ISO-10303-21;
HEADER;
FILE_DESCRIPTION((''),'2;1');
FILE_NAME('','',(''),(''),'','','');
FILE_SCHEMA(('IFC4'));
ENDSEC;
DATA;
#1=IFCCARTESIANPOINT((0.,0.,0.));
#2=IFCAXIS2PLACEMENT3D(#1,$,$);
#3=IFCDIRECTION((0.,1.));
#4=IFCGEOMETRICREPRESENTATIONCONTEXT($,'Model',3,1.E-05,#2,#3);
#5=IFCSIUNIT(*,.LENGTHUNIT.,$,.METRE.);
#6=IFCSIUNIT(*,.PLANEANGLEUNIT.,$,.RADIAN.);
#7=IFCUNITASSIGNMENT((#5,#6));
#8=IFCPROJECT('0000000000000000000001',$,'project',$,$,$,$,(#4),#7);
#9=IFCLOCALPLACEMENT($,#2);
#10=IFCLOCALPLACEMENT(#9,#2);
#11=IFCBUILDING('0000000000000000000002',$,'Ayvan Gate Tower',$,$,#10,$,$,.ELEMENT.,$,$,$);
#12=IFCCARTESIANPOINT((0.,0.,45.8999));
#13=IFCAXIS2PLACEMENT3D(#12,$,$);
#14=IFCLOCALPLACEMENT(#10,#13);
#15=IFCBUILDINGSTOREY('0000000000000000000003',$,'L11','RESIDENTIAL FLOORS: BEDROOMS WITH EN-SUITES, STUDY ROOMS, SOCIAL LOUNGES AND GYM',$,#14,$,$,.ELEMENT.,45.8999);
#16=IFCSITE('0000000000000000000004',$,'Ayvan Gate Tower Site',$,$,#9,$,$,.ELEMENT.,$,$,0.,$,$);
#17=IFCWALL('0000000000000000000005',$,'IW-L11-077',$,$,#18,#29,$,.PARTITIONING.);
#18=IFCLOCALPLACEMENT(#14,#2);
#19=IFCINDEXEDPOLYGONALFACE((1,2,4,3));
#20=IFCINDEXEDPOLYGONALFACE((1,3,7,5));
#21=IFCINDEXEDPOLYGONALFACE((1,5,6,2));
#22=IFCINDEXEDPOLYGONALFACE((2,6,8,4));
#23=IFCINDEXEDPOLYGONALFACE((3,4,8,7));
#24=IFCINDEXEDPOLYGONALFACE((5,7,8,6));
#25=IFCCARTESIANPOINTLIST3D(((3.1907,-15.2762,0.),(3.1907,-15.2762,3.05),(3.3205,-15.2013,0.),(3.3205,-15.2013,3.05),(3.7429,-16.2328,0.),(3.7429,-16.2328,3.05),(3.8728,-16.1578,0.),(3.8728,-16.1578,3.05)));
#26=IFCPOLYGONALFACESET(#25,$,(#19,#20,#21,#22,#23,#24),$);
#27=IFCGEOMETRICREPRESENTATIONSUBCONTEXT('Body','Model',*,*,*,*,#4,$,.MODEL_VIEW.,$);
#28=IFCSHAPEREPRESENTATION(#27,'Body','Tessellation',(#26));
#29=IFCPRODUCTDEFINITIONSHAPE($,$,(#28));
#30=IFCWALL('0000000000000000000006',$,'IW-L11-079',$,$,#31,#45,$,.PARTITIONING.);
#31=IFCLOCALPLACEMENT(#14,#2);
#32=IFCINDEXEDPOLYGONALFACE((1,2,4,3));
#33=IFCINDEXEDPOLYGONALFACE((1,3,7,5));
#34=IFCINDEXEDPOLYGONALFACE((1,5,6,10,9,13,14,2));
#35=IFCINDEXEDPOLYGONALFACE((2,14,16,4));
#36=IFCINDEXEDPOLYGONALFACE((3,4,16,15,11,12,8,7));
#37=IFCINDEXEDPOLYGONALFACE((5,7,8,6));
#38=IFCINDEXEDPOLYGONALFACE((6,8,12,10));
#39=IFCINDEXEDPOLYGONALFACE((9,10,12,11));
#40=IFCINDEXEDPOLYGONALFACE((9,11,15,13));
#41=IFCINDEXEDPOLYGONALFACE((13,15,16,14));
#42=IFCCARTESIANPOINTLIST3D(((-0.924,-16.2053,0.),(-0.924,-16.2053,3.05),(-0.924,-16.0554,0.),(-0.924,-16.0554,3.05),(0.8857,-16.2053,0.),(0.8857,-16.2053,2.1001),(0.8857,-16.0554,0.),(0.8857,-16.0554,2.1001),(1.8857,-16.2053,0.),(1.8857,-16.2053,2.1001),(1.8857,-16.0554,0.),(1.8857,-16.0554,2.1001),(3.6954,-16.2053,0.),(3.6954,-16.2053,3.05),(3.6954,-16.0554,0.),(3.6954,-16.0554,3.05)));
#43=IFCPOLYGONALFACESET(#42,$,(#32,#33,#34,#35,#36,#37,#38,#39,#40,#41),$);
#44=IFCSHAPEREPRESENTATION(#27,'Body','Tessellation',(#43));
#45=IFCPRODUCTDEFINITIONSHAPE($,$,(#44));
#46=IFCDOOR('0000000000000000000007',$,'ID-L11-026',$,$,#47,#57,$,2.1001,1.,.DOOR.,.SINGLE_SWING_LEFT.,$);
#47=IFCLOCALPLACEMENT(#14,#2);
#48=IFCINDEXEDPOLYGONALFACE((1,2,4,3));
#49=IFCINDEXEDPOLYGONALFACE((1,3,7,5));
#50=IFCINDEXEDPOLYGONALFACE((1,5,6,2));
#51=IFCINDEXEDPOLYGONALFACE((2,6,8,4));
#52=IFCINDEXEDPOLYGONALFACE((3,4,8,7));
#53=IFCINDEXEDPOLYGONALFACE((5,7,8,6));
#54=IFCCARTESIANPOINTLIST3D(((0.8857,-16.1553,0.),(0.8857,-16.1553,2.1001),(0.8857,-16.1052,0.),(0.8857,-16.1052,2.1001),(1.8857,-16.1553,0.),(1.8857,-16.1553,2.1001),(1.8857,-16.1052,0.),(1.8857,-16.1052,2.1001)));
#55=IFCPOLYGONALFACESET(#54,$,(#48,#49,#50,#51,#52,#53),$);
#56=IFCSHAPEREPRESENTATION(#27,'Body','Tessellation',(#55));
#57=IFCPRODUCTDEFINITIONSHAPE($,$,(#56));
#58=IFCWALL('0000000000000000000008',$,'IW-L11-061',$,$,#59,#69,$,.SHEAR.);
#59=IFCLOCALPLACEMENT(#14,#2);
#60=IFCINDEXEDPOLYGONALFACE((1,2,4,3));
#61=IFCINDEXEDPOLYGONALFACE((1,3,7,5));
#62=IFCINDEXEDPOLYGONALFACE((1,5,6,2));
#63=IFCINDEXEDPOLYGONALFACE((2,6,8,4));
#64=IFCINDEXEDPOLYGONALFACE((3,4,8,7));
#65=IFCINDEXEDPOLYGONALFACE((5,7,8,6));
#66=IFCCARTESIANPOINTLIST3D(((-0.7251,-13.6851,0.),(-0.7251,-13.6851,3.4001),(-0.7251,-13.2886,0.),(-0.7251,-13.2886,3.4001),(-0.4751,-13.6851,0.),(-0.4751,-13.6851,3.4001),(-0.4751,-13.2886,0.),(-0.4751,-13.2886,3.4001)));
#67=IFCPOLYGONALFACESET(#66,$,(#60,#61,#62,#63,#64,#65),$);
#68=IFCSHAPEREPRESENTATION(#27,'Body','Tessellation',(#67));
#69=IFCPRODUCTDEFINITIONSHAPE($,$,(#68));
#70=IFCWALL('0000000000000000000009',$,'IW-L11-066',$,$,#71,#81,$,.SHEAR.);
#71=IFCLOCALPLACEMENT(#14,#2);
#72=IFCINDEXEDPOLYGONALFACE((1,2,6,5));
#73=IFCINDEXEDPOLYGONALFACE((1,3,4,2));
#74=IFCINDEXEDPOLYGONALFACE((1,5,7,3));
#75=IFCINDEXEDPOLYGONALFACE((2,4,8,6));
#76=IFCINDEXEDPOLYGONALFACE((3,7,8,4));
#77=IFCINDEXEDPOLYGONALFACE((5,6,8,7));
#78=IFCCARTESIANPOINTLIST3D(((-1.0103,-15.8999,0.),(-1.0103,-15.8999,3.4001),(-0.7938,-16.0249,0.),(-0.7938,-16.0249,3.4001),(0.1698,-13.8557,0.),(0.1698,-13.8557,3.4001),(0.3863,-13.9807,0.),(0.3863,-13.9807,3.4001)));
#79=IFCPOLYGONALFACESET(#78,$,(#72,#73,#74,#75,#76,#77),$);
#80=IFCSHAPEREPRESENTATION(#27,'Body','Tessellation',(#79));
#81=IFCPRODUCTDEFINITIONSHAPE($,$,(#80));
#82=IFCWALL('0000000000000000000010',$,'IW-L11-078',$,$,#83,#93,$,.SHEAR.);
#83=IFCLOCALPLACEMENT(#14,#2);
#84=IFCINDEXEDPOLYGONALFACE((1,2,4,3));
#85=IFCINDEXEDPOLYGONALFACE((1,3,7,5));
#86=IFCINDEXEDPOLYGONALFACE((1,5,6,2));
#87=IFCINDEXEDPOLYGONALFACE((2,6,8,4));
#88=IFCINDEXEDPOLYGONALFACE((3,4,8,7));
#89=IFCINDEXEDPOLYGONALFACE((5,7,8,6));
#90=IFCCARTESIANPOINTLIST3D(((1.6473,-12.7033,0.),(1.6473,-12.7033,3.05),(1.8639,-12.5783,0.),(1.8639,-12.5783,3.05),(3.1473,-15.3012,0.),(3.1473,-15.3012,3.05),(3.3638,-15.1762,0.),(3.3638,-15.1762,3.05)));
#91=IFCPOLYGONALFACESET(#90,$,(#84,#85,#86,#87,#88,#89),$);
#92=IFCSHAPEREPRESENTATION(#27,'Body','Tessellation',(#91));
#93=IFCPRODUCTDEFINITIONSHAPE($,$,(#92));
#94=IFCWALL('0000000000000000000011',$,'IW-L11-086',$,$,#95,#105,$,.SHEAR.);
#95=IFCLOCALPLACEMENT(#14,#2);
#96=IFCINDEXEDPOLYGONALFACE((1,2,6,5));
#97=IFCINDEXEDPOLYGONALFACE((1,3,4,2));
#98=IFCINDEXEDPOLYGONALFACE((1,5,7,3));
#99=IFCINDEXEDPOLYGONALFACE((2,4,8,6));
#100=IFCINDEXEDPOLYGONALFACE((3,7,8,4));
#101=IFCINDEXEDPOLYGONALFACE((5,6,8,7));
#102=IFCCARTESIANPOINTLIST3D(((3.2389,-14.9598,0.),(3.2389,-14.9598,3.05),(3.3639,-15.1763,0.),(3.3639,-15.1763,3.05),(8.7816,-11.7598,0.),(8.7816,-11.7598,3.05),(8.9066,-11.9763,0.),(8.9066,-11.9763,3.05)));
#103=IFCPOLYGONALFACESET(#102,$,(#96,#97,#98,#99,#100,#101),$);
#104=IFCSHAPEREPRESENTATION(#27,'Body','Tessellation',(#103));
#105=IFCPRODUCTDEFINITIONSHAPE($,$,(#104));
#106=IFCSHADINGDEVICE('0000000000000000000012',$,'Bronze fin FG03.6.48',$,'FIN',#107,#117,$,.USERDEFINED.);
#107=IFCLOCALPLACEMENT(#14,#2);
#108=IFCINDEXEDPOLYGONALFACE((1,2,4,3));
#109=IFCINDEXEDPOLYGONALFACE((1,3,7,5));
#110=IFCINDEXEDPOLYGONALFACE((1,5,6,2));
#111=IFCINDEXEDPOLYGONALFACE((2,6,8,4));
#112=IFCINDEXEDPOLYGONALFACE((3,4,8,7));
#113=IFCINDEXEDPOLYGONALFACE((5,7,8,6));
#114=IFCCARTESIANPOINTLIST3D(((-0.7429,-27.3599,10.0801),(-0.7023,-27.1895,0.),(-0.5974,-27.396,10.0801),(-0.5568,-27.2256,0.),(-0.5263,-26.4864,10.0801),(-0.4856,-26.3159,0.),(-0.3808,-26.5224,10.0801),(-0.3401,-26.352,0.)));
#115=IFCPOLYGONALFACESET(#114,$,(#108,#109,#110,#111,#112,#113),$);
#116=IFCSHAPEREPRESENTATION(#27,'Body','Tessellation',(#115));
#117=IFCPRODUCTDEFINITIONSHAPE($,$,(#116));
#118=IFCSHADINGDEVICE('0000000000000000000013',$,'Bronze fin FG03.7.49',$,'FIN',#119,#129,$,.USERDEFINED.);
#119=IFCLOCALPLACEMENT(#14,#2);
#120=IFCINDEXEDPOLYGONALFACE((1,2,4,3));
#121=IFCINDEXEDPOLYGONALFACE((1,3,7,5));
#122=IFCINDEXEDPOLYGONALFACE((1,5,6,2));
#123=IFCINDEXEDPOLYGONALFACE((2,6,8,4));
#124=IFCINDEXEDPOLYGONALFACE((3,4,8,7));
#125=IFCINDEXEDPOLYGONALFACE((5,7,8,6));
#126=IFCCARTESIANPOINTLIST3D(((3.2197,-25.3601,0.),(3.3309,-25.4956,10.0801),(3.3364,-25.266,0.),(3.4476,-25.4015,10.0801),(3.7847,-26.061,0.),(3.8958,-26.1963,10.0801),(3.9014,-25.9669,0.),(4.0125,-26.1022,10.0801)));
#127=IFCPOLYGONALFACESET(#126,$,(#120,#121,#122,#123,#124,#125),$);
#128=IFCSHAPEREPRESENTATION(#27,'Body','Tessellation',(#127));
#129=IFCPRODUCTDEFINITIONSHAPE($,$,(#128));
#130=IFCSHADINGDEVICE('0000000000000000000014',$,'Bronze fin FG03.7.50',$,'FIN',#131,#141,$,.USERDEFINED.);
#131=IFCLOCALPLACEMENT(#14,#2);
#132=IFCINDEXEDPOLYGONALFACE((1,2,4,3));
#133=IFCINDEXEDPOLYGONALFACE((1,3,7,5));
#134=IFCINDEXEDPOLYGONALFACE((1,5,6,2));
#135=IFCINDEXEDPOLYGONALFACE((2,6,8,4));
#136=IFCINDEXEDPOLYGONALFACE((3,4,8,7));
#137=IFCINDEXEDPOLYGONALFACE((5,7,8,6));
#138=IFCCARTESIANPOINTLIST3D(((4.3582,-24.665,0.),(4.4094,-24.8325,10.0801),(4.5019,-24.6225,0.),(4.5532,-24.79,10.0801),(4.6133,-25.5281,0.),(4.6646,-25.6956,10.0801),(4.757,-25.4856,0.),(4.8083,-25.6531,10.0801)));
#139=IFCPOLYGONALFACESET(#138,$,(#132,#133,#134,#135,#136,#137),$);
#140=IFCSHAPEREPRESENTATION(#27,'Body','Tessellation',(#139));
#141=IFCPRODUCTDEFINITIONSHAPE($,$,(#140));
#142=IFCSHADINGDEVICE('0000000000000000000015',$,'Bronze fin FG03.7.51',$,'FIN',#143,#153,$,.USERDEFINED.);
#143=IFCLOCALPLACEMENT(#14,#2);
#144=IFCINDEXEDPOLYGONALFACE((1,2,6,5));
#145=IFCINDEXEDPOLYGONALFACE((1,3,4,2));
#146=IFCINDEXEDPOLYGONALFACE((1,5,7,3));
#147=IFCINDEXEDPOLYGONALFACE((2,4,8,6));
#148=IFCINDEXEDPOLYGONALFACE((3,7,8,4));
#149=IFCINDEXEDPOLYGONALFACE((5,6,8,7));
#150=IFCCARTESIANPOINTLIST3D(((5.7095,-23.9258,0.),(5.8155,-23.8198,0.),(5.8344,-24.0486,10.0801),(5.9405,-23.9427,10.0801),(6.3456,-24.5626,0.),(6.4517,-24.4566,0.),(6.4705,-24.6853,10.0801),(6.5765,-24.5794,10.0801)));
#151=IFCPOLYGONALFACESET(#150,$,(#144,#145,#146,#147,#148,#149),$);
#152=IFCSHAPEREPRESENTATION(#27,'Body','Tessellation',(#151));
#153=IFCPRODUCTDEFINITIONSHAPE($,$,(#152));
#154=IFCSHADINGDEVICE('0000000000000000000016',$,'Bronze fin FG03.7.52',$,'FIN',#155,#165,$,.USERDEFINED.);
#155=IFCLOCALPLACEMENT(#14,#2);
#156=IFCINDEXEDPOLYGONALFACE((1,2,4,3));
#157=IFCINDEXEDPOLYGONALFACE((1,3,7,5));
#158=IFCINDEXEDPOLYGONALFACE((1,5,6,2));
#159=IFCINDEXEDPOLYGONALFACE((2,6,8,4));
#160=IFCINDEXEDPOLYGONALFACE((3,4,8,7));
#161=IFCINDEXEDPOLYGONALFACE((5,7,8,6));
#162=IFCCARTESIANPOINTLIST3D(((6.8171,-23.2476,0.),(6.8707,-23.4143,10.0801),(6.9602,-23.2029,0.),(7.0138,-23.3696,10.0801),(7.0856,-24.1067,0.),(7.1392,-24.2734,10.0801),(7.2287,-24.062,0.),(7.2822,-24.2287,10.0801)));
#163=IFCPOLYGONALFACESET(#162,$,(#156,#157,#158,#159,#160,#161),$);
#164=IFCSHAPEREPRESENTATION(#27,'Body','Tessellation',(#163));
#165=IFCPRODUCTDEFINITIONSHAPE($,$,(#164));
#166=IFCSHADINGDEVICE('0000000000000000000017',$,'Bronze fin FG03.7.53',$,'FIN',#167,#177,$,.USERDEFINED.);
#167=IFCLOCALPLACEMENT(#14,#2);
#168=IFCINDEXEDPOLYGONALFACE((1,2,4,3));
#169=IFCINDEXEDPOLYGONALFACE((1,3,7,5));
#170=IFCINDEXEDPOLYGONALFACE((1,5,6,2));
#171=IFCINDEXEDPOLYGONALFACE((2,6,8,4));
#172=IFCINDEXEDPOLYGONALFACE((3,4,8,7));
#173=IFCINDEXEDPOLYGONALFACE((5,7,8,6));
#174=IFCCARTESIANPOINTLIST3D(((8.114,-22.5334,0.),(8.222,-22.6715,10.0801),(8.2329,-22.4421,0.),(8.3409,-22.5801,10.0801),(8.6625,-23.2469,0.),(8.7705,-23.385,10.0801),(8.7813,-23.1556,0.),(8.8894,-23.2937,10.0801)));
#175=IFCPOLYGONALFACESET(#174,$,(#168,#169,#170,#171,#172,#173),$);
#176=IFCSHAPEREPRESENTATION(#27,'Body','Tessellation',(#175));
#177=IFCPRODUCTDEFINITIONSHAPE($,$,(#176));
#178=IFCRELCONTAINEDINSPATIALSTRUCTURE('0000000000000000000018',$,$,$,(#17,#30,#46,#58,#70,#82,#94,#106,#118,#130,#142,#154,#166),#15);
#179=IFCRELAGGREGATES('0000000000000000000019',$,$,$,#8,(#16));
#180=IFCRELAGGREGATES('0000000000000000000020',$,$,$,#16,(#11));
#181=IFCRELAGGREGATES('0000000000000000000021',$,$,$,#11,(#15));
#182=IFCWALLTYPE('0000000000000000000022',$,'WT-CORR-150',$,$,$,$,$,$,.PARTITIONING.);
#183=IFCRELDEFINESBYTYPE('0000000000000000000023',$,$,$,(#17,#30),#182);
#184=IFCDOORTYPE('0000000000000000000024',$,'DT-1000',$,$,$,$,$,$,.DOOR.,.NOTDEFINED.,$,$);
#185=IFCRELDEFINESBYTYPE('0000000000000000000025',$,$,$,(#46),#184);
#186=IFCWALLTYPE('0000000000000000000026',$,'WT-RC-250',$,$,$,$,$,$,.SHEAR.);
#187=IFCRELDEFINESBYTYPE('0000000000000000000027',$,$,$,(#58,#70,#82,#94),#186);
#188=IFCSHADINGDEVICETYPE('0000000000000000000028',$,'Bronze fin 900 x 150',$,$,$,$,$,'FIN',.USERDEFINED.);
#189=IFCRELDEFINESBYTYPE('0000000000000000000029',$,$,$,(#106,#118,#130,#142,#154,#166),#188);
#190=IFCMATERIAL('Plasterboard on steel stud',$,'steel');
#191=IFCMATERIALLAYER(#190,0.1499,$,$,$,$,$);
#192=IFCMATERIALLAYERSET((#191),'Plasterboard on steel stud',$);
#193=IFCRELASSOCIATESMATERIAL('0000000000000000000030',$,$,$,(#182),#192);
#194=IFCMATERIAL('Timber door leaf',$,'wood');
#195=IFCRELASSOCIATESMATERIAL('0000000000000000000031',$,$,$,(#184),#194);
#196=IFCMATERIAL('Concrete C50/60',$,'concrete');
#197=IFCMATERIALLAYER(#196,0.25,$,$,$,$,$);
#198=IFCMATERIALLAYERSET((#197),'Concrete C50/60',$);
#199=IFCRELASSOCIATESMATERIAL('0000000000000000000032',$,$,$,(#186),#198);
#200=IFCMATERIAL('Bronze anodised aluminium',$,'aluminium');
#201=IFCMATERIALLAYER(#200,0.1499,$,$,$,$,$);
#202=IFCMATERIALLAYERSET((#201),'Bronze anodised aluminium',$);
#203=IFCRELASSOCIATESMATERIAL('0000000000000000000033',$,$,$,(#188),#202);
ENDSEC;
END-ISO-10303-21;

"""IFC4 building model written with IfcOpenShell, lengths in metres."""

from ifc_helpers import new_model, si_unit, direction, frame, frame_2d, origin, place, context, subcontext, project, spatial, polyline, rectangle, outline, extrude, material, layer, layer_set, type_object, element, fill, save


model = new_model("IFC4")

# Units and contexts
model_context = context("Model", 3, precision=1e-05, world=origin(), true_north=direction((0.0, 1.0)))
body_context = subcontext(model_context, "Body", "Model", "MODEL_VIEW")
ifc_project = project(units=[si_unit("LENGTHUNIT", "METRE"), si_unit("PLANEANGLEUNIT", "RADIAN")], contexts=[model_context])

# Site, building, storey
site_placement = place(None, origin())
site = spatial("IfcSite", under=ifc_project, at=site_placement, Name="Ayvan Gate Tower Site", CompositionType="ELEMENT", RefElevation=0.0)
building_placement = place(site_placement, origin())
building = spatial("IfcBuilding", under=site, at=building_placement, Name="Ayvan Gate Tower", CompositionType="ELEMENT")
storey_placement = place(building_placement, frame((0.0, 0.0, 45.8999)))
storey = spatial("IfcBuildingStorey", under=building, at=storey_placement, Name="L11", Description="RESIDENTIAL FLOORS: BEDROOMS WITH EN-SUITES, STUDY ROOMS, SOCIAL LOUNGES AND GYM", CompositionType="ELEMENT", Elevation=45.8999)

# Shared definitions
ifc_material_1 = material(Name="Bronze anodised aluminium", Category="aluminium")

# Wall
ifc_material_2 = material(Name="Plasterboard on steel stud", Category="steel")
ifc_layer_1 = layer(ifc_material_2, 0.1499)
ifc_layer_set_1 = layer_set([ifc_layer_1], Name="Plasterboard on steel stud")
wall_type_1 = type_object("IfcWallType", Name="WT-CORR-150", PredefinedType="PARTITIONING", material=ifc_layer_set_1)
wall_1_placement = place(storey_placement, frame((3.2556, -15.2388, 0.0), z_axis=(0.0, 0.0, 1.0), x_axis=(0.49999, -0.866031, 0.0)))
element("IfcWall", 1, at=wall_1_placement, inside=storey, type_object=wall_type_1, Name="IW-L11-077", PredefinedType="PARTITIONING", context=body_context, shape_type="SweptSolid", body=[
    extrude(rectangle(XDim=1.1045, YDim=0.1499, at=frame_2d((0.5522, 0.0))), origin(), (0.0, 0.0, 1.0), 3.05),
])

# Wall, opening, door
wall_2_placement = place(storey_placement, frame((3.6953, -16.1304, 0.0), z_axis=(0.0, 0.0, 1.0), x_axis=(-1.0, 0.0, 0.0)))
wall_2 = element("IfcWall", 2, at=wall_2_placement, inside=storey, type_object=wall_type_1, Name="IW-L11-079", PredefinedType="PARTITIONING", context=body_context, shape_type="SweptSolid", body=[
    extrude(rectangle(XDim=4.6194, YDim=0.1499, at=frame_2d((2.3096, 0.0))), origin(), (0.0, 0.0, 1.0), 3.05),
])
opening_placement = place(wall_2_placement, frame((1.8096, 0.0, 0.0)))
opening = element("IfcOpeningElement", 3, at=opening_placement, cuts=wall_2, PredefinedType="OPENING", context=body_context, shape_type="SweptSolid", body=[
    extrude(rectangle(XDim=1.0, YDim=2.1001, at=frame_2d((0.5, 1.05))), frame((0.0, 0.085, 0.0), z_axis=(0.0, -1.0, 0.0), x_axis=(1.0, 0.0, 0.0)), (0.0, 0.0, 1.0), 0.1699),
])
ifc_material_3 = material(Name="Timber door leaf", Category="wood")
door_type = type_object("IfcDoorType", Name="DT-1000", OperationType="NOTDEFINED", PredefinedType="DOOR", material=ifc_material_3)
door_placement = place(opening_placement, origin())
door = element("IfcDoor", 4, at=door_placement, inside=storey, type_object=door_type, Name="ID-L11-026", OperationType="SINGLE_SWING_LEFT", OverallHeight=2.1001, OverallWidth=1.0, PredefinedType="DOOR", context=body_context, shape_type="SweptSolid", body=[
    extrude(rectangle(XDim=1.0, YDim=2.1001, at=frame_2d((0.5, 1.05))), frame((0.0, 0.0249, 0.0), z_axis=(0.0, -1.0, 0.0), x_axis=(1.0, 0.0, 0.0)), (0.0, 0.0, 1.0), 0.05),
])
fill(opening, door)

# Walls
ifc_material_4 = material(Name="Concrete C50/60", Category="concrete")
ifc_layer_2 = layer(ifc_material_4, 0.25)
ifc_layer_set_2 = layer_set([ifc_layer_2], Name="Concrete C50/60")
wall_type_2 = type_object("IfcWallType", Name="WT-RC-250", PredefinedType="SHEAR", material=ifc_layer_set_2)
wall_3_placement = place(storey_placement, frame((-0.6001, -13.2886, 0.0), z_axis=(0.0, 0.0, 1.0), x_axis=(0.0, -1.0, 0.0)))
element("IfcWall", 5, at=wall_3_placement, inside=storey, type_object=wall_type_2, Name="IW-L11-061", PredefinedType="SHEAR", context=body_context, shape_type="SweptSolid", body=[
    extrude(rectangle(XDim=0.3965, YDim=0.25, at=frame_2d((0.1982, 0.0))), origin(), (0.0, 0.0, 1.0), 3.4001),
])
wall_4_placement = place(storey_placement, frame((0.2781, -13.9182, 0.0), z_axis=(0.0, 0.0, 1.0), x_axis=(-0.499988, -0.866032, 0.0)))
element("IfcWall", 6, at=wall_4_placement, inside=storey, type_object=wall_type_2, Name="IW-L11-066", PredefinedType="SHEAR", context=body_context, shape_type="SweptSolid", body=[
    extrude(rectangle(XDim=2.3604, YDim=0.25, at=frame_2d((1.1802, 0.0))), origin(), (0.0, 0.0, 1.0), 3.4001),
])
wall_5_placement = place(storey_placement, frame((3.2556, -15.2388, 0.0), z_axis=(0.0, 0.0, 1.0), x_axis=(-0.500025, 0.866011, 0.0)))
element("IfcWall", 7, at=wall_5_placement, inside=storey, type_object=wall_type_2, Name="IW-L11-078", PredefinedType="SHEAR", context=body_context, shape_type="SweptSolid", body=[
    extrude(rectangle(XDim=2.9998, YDim=0.25, at=frame_2d((1.5, 0.0))), origin(), (0.0, 0.0, 1.0), 3.05),
])
wall_6_placement = place(storey_placement, frame((3.3013, -15.0681, 0.0), z_axis=(0.0, 0.0, 1.0), x_axis=(0.866035, 0.499983, 0.0)))
element("IfcWall", 8, at=wall_6_placement, inside=storey, type_object=wall_type_2, Name="IW-L11-086", PredefinedType="SHEAR", context=body_context, shape_type="SweptSolid", body=[
    extrude(rectangle(XDim=6.4001, YDim=0.25, at=frame_2d((3.2002, 0.0))), origin(), (0.0, 0.0, 1.0), 3.05),
])

# Shading devices
ifc_layer_3 = layer(ifc_material_1, 0.1499)
ifc_layer_set_3 = layer_set([ifc_layer_3], Name="Bronze anodised aluminium")
shading_device_type = type_object("IfcShadingDeviceType", Name="Bronze fin 900 x 150", ElementType="FIN", PredefinedType="USERDEFINED", material=ifc_layer_set_3)
shading_device_1_placement = place(storey_placement, frame((-0.4856, -26.3159, 0.0), z_axis=(-0.970588, 0.240748, 0.000156), x_axis=(-0.240748, -0.970588, 0.0)))
element("IfcShadingDevice", 9, at=shading_device_1_placement, inside=storey, type_object=shading_device_type, Name="Bronze fin FG03.6.48", ObjectType="FIN", PredefinedType="USERDEFINED", context=body_context, shape_type="SweptSolid", body=[
    extrude(outline(polyline([(0.0, 0.0), (0.9, 0.0), (1.0752, 10.0801), (0.1752, 10.0801), (0.0, 0.0)])), origin(), (0.0, 0.0, -1.0), 0.1499),
])
shading_device_2_placement = place(storey_placement, frame((3.2197, -25.3601, 0.0), z_axis=(-0.778535, -0.627601, 0.000151), x_axis=(0.627601, -0.778535, 0.0)))
element("IfcShadingDevice", 10, at=shading_device_2_placement, inside=storey, type_object=shading_device_type, Name="Bronze fin FG03.7.49", ObjectType="FIN", PredefinedType="USERDEFINED", context=body_context, shape_type="SweptSolid", body=[
    extrude(outline(polyline([(0.0, 0.0), (0.9003, 0.0), (1.0753, 10.0801), (0.1752, 10.0801), (0.0, 0.0)])), origin(), (0.0, 0.0, -1.0), 0.1499),
])
shading_device_3_placement = place(storey_placement, frame((4.3582, -24.665, 0.0), z_axis=(-0.958976, -0.283488, 0.000167), x_axis=(0.283488, -0.958976, 0.0)))
element("IfcShadingDevice", 11, at=shading_device_3_placement, inside=storey, type_object=shading_device_type, Name="Bronze fin FG03.7.50", ObjectType="FIN", PredefinedType="USERDEFINED", context=body_context, shape_type="SweptSolid", body=[
    extrude(outline(polyline([(0.0, 0.0), (0.9, 0.0), (1.0751, 10.0801), (0.1751, 10.0801), (0.0, 0.0)])), origin(), (0.0, 0.0, -1.0), 0.1499),
])
shading_device_4_placement = place(storey_placement, frame((5.7095, -23.9258, 0.0), z_axis=(-0.707446, -0.706768, 0.000154), x_axis=(0.706768, -0.707446, 0.0)))
element("IfcShadingDevice", 12, at=shading_device_4_placement, inside=storey, type_object=shading_device_type, Name="Bronze fin FG03.7.51", ObjectType="FIN", PredefinedType="USERDEFINED", context=body_context, shape_type="SweptSolid", body=[
    extrude(outline(polyline([(0.0, 0.0), (0.9001, 0.0), (1.0752, 10.0801), (0.1752, 10.0801), (0.0, 0.0)])), origin(), (0.0, 0.0, -1.0), 0.1499),
])
shading_device_5_placement = place(storey_placement, frame((6.8171, -23.2476, 0.0), z_axis=(-0.954494, -0.298229, 0.000141), x_axis=(0.298229, -0.954494, 0.0)))
element("IfcShadingDevice", 13, at=shading_device_5_placement, inside=storey, type_object=shading_device_type, Name="Bronze fin FG03.7.52", ObjectType="FIN", PredefinedType="USERDEFINED", context=body_context, shape_type="SweptSolid", body=[
    extrude(outline(polyline([(0.0, 0.0), (0.9001, 0.0), (1.0752, 10.0801), (0.1752, 10.0801), (0.0, 0.0)])), origin(), (0.0, 0.0, -1.0), 0.1499),
])
shading_device_6_placement = place(storey_placement, frame((8.114, -22.5334, 0.0), z_axis=(-0.792831, -0.609442, 0.00015), x_axis=(0.609442, -0.792831, 0.0)))
element("IfcShadingDevice", 14, at=shading_device_6_placement, inside=storey, type_object=shading_device_type, Name="Bronze fin FG03.7.53", ObjectType="FIN", PredefinedType="USERDEFINED", context=body_context, shape_type="SweptSolid", body=[
    extrude(outline(polyline([(0.0, 0.0), (0.8999, 0.0), (1.0752, 10.0801), (0.1753, 10.0801), (0.0, 0.0)])), origin(), (0.0, 0.0, -1.0), 0.1499),
])

save(model, "model.ifc")
